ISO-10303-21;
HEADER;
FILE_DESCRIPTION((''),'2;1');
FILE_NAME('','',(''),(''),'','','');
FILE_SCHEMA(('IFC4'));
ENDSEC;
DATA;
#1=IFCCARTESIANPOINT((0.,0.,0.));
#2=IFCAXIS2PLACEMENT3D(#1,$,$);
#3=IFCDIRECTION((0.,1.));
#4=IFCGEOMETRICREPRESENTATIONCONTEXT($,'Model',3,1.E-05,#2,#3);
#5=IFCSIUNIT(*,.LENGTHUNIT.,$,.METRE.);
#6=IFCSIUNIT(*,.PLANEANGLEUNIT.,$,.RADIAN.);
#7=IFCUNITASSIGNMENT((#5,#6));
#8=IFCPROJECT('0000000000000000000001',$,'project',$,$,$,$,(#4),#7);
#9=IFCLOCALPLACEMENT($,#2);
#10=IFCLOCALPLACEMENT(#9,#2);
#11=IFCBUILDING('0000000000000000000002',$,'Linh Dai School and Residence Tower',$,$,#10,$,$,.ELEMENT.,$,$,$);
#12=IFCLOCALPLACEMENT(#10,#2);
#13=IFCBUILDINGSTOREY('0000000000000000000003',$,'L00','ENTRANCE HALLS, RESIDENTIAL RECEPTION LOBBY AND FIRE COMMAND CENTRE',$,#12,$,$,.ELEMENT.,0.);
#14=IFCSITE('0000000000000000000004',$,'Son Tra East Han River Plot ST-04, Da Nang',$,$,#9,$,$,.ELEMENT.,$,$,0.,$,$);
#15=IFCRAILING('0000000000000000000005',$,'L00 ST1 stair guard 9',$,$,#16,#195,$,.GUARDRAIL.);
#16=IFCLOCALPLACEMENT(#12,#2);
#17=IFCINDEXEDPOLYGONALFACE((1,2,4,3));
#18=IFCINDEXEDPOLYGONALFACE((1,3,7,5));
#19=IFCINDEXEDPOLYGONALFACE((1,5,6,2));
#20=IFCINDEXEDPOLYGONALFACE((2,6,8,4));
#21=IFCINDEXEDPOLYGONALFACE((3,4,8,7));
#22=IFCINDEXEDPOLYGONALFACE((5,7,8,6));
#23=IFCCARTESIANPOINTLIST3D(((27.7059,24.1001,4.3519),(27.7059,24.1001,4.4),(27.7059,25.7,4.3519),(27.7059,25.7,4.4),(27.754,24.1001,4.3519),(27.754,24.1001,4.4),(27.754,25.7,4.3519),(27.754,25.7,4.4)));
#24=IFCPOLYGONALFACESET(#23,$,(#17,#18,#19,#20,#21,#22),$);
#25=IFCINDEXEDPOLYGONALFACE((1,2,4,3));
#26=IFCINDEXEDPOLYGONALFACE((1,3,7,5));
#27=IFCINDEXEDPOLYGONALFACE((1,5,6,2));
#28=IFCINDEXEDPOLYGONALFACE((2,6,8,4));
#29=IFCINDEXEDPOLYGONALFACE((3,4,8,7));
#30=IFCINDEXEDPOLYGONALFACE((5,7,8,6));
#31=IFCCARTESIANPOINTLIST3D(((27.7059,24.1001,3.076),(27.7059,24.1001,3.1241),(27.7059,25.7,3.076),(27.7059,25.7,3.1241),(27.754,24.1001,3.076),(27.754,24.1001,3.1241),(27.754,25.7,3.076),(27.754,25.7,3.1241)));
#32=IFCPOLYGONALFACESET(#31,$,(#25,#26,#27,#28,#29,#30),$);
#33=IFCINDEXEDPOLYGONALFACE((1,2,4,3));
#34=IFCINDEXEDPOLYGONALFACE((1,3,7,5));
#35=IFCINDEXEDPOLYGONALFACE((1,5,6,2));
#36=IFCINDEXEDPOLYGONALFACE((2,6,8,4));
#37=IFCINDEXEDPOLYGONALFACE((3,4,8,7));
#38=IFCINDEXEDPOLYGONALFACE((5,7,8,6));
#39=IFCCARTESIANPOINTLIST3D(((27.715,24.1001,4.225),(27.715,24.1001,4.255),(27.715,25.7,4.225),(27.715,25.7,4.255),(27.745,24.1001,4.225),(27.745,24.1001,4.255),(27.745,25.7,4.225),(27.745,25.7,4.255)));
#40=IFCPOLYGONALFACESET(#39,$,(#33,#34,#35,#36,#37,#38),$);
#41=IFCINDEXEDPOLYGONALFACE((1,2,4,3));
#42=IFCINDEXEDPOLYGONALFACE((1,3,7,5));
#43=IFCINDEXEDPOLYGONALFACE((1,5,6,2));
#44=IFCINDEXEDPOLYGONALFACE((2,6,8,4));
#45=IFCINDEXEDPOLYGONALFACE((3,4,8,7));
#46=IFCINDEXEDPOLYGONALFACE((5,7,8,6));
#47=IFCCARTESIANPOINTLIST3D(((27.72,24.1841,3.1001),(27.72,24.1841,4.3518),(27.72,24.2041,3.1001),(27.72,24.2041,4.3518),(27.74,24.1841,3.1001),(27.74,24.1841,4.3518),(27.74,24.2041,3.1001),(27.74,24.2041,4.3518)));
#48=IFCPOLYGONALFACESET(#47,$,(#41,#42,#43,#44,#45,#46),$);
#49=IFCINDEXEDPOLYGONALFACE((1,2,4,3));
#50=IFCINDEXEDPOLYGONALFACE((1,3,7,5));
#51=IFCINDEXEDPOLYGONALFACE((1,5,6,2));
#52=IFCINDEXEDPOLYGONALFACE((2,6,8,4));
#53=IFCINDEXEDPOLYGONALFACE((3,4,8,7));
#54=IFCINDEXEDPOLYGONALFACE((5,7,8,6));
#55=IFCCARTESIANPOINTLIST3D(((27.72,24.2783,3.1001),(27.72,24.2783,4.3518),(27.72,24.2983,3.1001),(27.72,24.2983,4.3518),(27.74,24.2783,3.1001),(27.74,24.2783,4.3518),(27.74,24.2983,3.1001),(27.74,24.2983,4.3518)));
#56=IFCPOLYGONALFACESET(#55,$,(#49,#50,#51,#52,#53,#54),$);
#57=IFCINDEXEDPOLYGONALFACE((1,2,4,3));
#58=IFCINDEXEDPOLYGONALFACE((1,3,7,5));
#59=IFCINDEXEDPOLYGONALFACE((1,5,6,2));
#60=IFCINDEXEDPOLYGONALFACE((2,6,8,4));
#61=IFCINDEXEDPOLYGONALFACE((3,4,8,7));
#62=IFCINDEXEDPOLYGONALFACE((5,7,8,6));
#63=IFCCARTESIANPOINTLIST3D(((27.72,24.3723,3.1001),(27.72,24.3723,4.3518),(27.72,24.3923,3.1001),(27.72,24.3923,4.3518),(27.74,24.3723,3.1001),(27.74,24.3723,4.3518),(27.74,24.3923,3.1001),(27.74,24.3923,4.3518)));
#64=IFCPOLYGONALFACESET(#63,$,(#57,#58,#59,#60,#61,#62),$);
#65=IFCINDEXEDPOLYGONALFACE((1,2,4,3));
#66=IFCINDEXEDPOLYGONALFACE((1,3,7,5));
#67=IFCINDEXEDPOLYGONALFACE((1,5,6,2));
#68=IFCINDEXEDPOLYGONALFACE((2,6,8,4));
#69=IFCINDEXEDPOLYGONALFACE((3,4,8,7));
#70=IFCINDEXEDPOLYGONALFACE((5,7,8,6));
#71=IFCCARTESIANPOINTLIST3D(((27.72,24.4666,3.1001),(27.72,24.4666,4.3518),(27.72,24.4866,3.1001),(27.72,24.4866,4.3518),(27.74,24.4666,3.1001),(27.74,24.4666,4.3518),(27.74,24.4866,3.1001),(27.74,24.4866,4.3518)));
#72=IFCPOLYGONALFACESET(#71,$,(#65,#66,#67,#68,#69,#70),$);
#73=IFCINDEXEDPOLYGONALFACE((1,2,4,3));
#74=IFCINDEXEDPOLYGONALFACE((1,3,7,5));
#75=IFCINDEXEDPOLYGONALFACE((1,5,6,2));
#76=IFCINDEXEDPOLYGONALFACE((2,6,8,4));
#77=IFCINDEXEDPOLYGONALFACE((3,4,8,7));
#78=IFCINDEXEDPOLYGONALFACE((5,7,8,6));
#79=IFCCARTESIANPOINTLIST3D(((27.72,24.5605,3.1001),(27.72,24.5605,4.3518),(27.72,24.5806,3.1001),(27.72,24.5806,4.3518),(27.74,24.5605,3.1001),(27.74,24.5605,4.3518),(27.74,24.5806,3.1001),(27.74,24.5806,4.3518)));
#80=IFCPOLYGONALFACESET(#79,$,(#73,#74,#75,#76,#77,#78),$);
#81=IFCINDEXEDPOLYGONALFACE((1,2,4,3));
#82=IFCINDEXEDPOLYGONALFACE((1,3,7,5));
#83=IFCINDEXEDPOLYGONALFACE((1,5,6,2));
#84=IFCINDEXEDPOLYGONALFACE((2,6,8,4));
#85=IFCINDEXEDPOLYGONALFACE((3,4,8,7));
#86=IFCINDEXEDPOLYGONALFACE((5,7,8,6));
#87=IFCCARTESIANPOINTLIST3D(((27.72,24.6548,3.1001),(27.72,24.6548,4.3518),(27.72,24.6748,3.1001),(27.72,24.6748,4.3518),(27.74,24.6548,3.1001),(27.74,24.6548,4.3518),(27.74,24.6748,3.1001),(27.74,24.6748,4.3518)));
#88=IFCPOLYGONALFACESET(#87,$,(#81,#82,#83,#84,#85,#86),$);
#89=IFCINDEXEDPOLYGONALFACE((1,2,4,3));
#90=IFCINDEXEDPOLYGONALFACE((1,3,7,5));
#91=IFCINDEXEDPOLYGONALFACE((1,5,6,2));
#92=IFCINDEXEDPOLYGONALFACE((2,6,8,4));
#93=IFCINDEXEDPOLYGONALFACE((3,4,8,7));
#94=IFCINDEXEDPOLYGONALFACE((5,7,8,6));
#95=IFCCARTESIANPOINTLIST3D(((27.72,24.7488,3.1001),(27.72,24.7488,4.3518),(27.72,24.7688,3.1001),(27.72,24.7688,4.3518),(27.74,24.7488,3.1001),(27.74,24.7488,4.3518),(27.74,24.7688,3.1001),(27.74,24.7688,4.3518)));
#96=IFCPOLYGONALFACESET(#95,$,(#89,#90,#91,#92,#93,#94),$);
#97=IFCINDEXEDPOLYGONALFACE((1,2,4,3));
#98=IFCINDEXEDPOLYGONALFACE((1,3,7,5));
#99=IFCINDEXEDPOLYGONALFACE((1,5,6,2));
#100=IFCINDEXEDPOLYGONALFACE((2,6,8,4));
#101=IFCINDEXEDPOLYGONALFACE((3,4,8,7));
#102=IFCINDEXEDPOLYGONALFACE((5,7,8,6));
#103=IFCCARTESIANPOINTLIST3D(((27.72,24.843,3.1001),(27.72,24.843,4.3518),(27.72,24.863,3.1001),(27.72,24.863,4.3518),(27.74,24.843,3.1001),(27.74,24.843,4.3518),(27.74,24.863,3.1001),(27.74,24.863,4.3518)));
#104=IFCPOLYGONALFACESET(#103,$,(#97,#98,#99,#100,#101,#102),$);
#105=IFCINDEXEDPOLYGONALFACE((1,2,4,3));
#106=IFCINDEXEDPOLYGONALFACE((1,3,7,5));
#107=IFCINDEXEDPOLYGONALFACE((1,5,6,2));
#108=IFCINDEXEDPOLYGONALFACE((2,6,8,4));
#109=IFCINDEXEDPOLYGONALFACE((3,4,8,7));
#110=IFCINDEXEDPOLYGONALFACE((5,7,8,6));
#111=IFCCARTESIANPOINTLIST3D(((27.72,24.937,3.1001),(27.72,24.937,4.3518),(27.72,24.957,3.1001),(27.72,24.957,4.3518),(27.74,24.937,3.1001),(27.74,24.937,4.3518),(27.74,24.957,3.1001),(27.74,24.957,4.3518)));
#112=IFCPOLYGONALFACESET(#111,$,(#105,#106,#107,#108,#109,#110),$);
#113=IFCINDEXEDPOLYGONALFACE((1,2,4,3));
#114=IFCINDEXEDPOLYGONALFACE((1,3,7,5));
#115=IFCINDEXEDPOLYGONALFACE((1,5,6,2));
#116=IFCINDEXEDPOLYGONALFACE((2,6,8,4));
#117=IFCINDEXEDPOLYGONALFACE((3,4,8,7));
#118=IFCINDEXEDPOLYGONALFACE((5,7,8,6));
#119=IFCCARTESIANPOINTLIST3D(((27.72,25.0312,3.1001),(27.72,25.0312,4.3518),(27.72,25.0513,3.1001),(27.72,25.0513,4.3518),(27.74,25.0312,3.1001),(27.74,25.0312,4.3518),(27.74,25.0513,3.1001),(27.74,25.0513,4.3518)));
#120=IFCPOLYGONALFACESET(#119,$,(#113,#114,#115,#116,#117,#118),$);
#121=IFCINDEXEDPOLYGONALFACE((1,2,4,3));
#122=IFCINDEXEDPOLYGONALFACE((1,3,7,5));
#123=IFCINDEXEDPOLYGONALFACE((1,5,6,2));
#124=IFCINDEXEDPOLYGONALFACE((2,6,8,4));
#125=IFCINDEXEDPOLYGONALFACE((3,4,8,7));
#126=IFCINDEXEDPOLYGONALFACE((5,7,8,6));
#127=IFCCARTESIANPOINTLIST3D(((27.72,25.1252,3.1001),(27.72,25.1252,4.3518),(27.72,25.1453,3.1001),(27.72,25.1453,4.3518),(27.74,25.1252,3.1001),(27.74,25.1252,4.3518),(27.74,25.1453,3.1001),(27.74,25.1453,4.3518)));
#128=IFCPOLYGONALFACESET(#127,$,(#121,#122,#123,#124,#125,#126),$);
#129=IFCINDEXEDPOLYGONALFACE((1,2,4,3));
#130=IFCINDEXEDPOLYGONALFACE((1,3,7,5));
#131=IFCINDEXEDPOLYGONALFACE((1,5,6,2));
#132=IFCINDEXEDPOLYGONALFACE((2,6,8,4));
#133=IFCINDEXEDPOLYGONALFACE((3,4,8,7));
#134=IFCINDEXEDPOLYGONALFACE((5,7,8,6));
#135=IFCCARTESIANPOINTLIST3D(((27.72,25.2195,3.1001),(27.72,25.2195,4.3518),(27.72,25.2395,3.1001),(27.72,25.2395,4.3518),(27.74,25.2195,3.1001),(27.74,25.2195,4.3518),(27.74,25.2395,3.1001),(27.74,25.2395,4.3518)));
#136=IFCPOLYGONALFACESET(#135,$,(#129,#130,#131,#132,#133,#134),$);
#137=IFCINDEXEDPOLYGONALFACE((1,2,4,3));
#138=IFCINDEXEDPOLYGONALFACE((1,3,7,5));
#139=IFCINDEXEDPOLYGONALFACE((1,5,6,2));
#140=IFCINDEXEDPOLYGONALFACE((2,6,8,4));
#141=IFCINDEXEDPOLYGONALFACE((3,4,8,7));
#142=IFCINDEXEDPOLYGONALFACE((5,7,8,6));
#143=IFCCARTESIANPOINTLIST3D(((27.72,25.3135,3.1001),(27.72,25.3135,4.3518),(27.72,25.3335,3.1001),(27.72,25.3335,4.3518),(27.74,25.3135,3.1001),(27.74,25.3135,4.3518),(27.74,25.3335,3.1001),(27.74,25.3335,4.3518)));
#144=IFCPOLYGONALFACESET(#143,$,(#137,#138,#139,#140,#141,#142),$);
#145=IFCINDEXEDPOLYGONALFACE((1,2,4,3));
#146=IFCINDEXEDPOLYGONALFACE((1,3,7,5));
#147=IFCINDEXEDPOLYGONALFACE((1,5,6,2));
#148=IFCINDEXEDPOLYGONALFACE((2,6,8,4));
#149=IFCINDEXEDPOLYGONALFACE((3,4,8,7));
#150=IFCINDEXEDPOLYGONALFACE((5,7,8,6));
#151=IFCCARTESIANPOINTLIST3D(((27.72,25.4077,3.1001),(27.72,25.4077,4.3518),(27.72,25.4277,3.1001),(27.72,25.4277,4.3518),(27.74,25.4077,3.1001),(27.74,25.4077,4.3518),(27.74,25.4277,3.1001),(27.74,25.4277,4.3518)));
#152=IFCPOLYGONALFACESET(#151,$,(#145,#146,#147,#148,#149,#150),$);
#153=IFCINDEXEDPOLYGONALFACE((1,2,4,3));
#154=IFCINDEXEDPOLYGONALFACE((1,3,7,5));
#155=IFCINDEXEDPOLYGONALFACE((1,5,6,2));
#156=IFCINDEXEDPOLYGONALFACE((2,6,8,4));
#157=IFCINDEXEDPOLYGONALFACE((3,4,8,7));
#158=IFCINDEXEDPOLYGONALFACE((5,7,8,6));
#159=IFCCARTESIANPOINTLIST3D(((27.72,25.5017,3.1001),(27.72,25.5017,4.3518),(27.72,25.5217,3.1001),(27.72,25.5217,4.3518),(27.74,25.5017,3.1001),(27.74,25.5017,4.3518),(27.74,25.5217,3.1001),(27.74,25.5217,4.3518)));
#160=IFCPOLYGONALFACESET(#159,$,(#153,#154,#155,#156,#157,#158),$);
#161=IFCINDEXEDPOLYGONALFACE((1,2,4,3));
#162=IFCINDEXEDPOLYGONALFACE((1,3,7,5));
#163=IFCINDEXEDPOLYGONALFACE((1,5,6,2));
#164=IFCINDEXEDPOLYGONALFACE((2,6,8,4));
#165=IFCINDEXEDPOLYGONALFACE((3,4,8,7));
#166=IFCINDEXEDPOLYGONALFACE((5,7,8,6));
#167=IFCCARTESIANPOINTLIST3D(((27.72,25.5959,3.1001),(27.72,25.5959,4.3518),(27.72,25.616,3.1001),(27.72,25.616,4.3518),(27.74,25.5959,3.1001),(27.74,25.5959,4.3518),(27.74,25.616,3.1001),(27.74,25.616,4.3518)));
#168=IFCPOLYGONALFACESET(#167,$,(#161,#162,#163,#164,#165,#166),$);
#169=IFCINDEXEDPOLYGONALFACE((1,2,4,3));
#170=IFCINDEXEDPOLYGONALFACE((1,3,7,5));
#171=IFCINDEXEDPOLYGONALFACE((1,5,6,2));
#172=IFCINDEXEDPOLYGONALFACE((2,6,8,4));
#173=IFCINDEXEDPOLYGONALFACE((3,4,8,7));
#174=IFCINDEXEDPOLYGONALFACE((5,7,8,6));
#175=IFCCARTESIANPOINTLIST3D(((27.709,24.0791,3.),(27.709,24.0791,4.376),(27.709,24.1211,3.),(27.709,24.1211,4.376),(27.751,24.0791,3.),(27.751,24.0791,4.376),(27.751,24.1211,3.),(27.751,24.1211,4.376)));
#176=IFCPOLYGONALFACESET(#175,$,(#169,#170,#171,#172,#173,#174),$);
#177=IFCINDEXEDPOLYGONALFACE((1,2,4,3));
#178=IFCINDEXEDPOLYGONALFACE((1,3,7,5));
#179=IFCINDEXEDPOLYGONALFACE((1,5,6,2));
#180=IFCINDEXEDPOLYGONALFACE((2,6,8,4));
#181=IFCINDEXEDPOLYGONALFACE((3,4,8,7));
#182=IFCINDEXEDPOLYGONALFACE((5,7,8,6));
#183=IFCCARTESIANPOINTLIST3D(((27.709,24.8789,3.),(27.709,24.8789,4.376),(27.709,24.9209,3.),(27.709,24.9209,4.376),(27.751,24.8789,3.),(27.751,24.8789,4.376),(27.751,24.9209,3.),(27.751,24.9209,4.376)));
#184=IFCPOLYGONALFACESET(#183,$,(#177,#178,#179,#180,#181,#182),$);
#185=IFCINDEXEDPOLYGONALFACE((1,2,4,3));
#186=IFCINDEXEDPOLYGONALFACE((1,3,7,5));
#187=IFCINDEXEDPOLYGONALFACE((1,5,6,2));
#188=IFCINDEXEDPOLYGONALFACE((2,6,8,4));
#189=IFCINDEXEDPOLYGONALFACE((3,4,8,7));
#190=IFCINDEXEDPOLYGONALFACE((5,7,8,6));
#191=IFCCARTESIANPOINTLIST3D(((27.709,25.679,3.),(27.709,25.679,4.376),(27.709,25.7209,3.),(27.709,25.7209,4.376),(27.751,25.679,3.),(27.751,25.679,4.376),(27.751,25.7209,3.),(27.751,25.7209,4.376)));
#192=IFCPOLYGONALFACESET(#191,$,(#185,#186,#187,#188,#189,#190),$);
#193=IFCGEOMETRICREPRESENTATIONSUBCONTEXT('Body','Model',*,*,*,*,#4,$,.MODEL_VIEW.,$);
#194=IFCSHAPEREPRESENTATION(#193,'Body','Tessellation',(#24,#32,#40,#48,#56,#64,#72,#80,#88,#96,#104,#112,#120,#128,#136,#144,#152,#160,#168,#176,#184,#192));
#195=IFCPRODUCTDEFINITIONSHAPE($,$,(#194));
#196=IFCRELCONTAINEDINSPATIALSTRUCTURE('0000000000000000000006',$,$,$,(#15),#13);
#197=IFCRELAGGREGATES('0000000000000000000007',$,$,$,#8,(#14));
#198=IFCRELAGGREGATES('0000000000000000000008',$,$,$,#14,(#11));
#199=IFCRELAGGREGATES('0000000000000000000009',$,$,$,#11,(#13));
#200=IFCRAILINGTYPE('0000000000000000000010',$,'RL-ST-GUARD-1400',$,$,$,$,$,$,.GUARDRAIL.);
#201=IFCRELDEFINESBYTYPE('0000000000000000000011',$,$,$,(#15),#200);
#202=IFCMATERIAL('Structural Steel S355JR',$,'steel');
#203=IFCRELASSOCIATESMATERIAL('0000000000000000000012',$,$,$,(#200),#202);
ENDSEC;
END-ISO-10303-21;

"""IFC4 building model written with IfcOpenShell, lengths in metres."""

from ifc_helpers import new_model, si_unit, direction, frame, origin, origin_2d, place, context, subcontext, project, spatial, rectangle, extrude, source, transform, mapped, material, type_object, element, save


model = new_model("IFC4")

# Units and contexts
model_context = context("Model", 3, precision=1e-05, world=origin(), true_north=direction((0.0, 1.0)))
body_context = subcontext(model_context, "Body", "Model", "MODEL_VIEW")
ifc_project = project(units=[si_unit("LENGTHUNIT", "METRE"), si_unit("PLANEANGLEUNIT", "RADIAN")], contexts=[model_context])

# Site, building, storey
site_placement = place(None, origin())
site = spatial("IfcSite", under=ifc_project, at=site_placement, Name="Son Tra East Han River Plot ST-04, Da Nang", CompositionType="ELEMENT", RefElevation=0.0)
building_placement = place(site_placement, origin())
building = spatial("IfcBuilding", under=site, at=building_placement, Name="Linh Dai School and Residence Tower", CompositionType="ELEMENT")
storey_placement = place(building_placement, origin())
storey = spatial("IfcBuildingStorey", under=building, at=storey_placement, Name="L00", Description="ENTRANCE HALLS, RESIDENTIAL RECEPTION LOBBY AND FIRE COMMAND CENTRE", CompositionType="ELEMENT", Elevation=0.0)

# Shared definitions
ifc_material_1 = material(Name="Structural Steel S355JR", Category="steel")

# Railing
railing_type = type_object("IfcRailingType", Name="RL-ST-GUARD-1400", PredefinedType="GUARDRAIL", material=ifc_material_1)
shared_shape_1 = source(origin(), body_context, "Body", "SweptSolid", [
    extrude(rectangle(XDim=0.0481, YDim=0.0481, at=origin_2d()), frame((0.0, 0.0, 1.376), z_axis=(0.0, 1.0, 0.0), x_axis=(-1.0, 0.0, 0.0)), (0.0, 0.0, 1.0), 1.5999),
    extrude(rectangle(XDim=0.0481, YDim=0.0481, at=origin_2d()), frame((0.0, 0.0, 0.1001), z_axis=(0.0, 1.0, 0.0), x_axis=(-1.0, 0.0, 0.0)), (0.0, 0.0, 1.0), 1.5999),
    extrude(rectangle(XDim=0.03, YDim=0.03, at=origin_2d()), frame((0.0, 0.0, 1.24), z_axis=(0.0, 1.0, 0.0), x_axis=(-1.0, 0.0, 0.0)), (0.0, 0.0, 1.0), 1.5999),
    extrude(rectangle(XDim=0.02, YDim=0.02, at=origin_2d()), frame((0.0, 0.094, 0.1001)), (0.0, 0.0, 1.0), 1.2517),
    extrude(rectangle(XDim=0.02, YDim=0.02, at=origin_2d()), frame((0.0, 0.1882, 0.1001)), (0.0, 0.0, 1.0), 1.2517),
    extrude(rectangle(XDim=0.02, YDim=0.02, at=origin_2d()), frame((0.0, 0.2822, 0.1001)), (0.0, 0.0, 1.0), 1.2517),
    extrude(rectangle(XDim=0.02, YDim=0.02, at=origin_2d()), frame((0.0, 0.3765, 0.1001)), (0.0, 0.0, 1.0), 1.2517),
    extrude(rectangle(XDim=0.02, YDim=0.02, at=origin_2d()), frame((0.0, 0.4705, 0.1001)), (0.0, 0.0, 1.0), 1.2517),
    extrude(rectangle(XDim=0.02, YDim=0.02, at=origin_2d()), frame((0.0, 0.5647, 0.1001)), (0.0, 0.0, 1.0), 1.2517),
    extrude(rectangle(XDim=0.02, YDim=0.02, at=origin_2d()), frame((0.0, 0.6587, 0.1001)), (0.0, 0.0, 1.0), 1.2517),
    extrude(rectangle(XDim=0.02, YDim=0.02, at=origin_2d()), frame((0.0, 0.7529, 0.1001)), (0.0, 0.0, 1.0), 1.2517),
    extrude(rectangle(XDim=0.02, YDim=0.02, at=origin_2d()), frame((0.0, 0.8469, 0.1001)), (0.0, 0.0, 1.0), 1.2517),
    extrude(rectangle(XDim=0.02, YDim=0.02, at=origin_2d()), frame((0.0, 0.9412, 0.1001)), (0.0, 0.0, 1.0), 1.2517),
    extrude(rectangle(XDim=0.02, YDim=0.02, at=origin_2d()), frame((0.0, 1.0352, 0.1001)), (0.0, 0.0, 1.0), 1.2517),
    extrude(rectangle(XDim=0.02, YDim=0.02, at=origin_2d()), frame((0.0, 1.1294, 0.1001)), (0.0, 0.0, 1.0), 1.2517),
    extrude(rectangle(XDim=0.02, YDim=0.02, at=origin_2d()), frame((0.0, 1.2234, 0.1001)), (0.0, 0.0, 1.0), 1.2517),
    extrude(rectangle(XDim=0.02, YDim=0.02, at=origin_2d()), frame((0.0, 1.3176, 0.1001)), (0.0, 0.0, 1.0), 1.2517),
    extrude(rectangle(XDim=0.02, YDim=0.02, at=origin_2d()), frame((0.0, 1.4116, 0.1001)), (0.0, 0.0, 1.0), 1.2517),
    extrude(rectangle(XDim=0.02, YDim=0.02, at=origin_2d()), frame((0.0, 1.5059, 0.1001)), (0.0, 0.0, 1.0), 1.2517),
    extrude(rectangle(XDim=0.042, YDim=0.042, at=origin_2d()), origin(), (0.0, 0.0, 1.0), 1.376),
    extrude(rectangle(XDim=0.042, YDim=0.042, at=origin_2d()), frame((0.0, 0.7998, 0.0)), (0.0, 0.0, 1.0), 1.376),
    extrude(rectangle(XDim=0.042, YDim=0.042, at=origin_2d()), frame((0.0, 1.5999, 0.0)), (0.0, 0.0, 1.0), 1.376),
])
for number, where, name in (
    (1, (27.73, 24.1001, 3.0), "L00 ST1 stair guard 9"),
):
    element("IfcRailing", number, at=place(storey_placement, frame(where)), inside=storey, type_object=railing_type, Name=name, PredefinedType="GUARDRAIL", context=body_context, shape_type="MappedRepresentation", body=[
        mapped(shared_shape_1, transform((0.0, 0.0, 0.0), x_axis=(1.0, 0.0, 0.0), y_axis=(0.0, 1.0, 0.0), z_axis=(0.0, 0.0, 1.0), scale=1.0)),
    ])

save(model, "model.ifc")
